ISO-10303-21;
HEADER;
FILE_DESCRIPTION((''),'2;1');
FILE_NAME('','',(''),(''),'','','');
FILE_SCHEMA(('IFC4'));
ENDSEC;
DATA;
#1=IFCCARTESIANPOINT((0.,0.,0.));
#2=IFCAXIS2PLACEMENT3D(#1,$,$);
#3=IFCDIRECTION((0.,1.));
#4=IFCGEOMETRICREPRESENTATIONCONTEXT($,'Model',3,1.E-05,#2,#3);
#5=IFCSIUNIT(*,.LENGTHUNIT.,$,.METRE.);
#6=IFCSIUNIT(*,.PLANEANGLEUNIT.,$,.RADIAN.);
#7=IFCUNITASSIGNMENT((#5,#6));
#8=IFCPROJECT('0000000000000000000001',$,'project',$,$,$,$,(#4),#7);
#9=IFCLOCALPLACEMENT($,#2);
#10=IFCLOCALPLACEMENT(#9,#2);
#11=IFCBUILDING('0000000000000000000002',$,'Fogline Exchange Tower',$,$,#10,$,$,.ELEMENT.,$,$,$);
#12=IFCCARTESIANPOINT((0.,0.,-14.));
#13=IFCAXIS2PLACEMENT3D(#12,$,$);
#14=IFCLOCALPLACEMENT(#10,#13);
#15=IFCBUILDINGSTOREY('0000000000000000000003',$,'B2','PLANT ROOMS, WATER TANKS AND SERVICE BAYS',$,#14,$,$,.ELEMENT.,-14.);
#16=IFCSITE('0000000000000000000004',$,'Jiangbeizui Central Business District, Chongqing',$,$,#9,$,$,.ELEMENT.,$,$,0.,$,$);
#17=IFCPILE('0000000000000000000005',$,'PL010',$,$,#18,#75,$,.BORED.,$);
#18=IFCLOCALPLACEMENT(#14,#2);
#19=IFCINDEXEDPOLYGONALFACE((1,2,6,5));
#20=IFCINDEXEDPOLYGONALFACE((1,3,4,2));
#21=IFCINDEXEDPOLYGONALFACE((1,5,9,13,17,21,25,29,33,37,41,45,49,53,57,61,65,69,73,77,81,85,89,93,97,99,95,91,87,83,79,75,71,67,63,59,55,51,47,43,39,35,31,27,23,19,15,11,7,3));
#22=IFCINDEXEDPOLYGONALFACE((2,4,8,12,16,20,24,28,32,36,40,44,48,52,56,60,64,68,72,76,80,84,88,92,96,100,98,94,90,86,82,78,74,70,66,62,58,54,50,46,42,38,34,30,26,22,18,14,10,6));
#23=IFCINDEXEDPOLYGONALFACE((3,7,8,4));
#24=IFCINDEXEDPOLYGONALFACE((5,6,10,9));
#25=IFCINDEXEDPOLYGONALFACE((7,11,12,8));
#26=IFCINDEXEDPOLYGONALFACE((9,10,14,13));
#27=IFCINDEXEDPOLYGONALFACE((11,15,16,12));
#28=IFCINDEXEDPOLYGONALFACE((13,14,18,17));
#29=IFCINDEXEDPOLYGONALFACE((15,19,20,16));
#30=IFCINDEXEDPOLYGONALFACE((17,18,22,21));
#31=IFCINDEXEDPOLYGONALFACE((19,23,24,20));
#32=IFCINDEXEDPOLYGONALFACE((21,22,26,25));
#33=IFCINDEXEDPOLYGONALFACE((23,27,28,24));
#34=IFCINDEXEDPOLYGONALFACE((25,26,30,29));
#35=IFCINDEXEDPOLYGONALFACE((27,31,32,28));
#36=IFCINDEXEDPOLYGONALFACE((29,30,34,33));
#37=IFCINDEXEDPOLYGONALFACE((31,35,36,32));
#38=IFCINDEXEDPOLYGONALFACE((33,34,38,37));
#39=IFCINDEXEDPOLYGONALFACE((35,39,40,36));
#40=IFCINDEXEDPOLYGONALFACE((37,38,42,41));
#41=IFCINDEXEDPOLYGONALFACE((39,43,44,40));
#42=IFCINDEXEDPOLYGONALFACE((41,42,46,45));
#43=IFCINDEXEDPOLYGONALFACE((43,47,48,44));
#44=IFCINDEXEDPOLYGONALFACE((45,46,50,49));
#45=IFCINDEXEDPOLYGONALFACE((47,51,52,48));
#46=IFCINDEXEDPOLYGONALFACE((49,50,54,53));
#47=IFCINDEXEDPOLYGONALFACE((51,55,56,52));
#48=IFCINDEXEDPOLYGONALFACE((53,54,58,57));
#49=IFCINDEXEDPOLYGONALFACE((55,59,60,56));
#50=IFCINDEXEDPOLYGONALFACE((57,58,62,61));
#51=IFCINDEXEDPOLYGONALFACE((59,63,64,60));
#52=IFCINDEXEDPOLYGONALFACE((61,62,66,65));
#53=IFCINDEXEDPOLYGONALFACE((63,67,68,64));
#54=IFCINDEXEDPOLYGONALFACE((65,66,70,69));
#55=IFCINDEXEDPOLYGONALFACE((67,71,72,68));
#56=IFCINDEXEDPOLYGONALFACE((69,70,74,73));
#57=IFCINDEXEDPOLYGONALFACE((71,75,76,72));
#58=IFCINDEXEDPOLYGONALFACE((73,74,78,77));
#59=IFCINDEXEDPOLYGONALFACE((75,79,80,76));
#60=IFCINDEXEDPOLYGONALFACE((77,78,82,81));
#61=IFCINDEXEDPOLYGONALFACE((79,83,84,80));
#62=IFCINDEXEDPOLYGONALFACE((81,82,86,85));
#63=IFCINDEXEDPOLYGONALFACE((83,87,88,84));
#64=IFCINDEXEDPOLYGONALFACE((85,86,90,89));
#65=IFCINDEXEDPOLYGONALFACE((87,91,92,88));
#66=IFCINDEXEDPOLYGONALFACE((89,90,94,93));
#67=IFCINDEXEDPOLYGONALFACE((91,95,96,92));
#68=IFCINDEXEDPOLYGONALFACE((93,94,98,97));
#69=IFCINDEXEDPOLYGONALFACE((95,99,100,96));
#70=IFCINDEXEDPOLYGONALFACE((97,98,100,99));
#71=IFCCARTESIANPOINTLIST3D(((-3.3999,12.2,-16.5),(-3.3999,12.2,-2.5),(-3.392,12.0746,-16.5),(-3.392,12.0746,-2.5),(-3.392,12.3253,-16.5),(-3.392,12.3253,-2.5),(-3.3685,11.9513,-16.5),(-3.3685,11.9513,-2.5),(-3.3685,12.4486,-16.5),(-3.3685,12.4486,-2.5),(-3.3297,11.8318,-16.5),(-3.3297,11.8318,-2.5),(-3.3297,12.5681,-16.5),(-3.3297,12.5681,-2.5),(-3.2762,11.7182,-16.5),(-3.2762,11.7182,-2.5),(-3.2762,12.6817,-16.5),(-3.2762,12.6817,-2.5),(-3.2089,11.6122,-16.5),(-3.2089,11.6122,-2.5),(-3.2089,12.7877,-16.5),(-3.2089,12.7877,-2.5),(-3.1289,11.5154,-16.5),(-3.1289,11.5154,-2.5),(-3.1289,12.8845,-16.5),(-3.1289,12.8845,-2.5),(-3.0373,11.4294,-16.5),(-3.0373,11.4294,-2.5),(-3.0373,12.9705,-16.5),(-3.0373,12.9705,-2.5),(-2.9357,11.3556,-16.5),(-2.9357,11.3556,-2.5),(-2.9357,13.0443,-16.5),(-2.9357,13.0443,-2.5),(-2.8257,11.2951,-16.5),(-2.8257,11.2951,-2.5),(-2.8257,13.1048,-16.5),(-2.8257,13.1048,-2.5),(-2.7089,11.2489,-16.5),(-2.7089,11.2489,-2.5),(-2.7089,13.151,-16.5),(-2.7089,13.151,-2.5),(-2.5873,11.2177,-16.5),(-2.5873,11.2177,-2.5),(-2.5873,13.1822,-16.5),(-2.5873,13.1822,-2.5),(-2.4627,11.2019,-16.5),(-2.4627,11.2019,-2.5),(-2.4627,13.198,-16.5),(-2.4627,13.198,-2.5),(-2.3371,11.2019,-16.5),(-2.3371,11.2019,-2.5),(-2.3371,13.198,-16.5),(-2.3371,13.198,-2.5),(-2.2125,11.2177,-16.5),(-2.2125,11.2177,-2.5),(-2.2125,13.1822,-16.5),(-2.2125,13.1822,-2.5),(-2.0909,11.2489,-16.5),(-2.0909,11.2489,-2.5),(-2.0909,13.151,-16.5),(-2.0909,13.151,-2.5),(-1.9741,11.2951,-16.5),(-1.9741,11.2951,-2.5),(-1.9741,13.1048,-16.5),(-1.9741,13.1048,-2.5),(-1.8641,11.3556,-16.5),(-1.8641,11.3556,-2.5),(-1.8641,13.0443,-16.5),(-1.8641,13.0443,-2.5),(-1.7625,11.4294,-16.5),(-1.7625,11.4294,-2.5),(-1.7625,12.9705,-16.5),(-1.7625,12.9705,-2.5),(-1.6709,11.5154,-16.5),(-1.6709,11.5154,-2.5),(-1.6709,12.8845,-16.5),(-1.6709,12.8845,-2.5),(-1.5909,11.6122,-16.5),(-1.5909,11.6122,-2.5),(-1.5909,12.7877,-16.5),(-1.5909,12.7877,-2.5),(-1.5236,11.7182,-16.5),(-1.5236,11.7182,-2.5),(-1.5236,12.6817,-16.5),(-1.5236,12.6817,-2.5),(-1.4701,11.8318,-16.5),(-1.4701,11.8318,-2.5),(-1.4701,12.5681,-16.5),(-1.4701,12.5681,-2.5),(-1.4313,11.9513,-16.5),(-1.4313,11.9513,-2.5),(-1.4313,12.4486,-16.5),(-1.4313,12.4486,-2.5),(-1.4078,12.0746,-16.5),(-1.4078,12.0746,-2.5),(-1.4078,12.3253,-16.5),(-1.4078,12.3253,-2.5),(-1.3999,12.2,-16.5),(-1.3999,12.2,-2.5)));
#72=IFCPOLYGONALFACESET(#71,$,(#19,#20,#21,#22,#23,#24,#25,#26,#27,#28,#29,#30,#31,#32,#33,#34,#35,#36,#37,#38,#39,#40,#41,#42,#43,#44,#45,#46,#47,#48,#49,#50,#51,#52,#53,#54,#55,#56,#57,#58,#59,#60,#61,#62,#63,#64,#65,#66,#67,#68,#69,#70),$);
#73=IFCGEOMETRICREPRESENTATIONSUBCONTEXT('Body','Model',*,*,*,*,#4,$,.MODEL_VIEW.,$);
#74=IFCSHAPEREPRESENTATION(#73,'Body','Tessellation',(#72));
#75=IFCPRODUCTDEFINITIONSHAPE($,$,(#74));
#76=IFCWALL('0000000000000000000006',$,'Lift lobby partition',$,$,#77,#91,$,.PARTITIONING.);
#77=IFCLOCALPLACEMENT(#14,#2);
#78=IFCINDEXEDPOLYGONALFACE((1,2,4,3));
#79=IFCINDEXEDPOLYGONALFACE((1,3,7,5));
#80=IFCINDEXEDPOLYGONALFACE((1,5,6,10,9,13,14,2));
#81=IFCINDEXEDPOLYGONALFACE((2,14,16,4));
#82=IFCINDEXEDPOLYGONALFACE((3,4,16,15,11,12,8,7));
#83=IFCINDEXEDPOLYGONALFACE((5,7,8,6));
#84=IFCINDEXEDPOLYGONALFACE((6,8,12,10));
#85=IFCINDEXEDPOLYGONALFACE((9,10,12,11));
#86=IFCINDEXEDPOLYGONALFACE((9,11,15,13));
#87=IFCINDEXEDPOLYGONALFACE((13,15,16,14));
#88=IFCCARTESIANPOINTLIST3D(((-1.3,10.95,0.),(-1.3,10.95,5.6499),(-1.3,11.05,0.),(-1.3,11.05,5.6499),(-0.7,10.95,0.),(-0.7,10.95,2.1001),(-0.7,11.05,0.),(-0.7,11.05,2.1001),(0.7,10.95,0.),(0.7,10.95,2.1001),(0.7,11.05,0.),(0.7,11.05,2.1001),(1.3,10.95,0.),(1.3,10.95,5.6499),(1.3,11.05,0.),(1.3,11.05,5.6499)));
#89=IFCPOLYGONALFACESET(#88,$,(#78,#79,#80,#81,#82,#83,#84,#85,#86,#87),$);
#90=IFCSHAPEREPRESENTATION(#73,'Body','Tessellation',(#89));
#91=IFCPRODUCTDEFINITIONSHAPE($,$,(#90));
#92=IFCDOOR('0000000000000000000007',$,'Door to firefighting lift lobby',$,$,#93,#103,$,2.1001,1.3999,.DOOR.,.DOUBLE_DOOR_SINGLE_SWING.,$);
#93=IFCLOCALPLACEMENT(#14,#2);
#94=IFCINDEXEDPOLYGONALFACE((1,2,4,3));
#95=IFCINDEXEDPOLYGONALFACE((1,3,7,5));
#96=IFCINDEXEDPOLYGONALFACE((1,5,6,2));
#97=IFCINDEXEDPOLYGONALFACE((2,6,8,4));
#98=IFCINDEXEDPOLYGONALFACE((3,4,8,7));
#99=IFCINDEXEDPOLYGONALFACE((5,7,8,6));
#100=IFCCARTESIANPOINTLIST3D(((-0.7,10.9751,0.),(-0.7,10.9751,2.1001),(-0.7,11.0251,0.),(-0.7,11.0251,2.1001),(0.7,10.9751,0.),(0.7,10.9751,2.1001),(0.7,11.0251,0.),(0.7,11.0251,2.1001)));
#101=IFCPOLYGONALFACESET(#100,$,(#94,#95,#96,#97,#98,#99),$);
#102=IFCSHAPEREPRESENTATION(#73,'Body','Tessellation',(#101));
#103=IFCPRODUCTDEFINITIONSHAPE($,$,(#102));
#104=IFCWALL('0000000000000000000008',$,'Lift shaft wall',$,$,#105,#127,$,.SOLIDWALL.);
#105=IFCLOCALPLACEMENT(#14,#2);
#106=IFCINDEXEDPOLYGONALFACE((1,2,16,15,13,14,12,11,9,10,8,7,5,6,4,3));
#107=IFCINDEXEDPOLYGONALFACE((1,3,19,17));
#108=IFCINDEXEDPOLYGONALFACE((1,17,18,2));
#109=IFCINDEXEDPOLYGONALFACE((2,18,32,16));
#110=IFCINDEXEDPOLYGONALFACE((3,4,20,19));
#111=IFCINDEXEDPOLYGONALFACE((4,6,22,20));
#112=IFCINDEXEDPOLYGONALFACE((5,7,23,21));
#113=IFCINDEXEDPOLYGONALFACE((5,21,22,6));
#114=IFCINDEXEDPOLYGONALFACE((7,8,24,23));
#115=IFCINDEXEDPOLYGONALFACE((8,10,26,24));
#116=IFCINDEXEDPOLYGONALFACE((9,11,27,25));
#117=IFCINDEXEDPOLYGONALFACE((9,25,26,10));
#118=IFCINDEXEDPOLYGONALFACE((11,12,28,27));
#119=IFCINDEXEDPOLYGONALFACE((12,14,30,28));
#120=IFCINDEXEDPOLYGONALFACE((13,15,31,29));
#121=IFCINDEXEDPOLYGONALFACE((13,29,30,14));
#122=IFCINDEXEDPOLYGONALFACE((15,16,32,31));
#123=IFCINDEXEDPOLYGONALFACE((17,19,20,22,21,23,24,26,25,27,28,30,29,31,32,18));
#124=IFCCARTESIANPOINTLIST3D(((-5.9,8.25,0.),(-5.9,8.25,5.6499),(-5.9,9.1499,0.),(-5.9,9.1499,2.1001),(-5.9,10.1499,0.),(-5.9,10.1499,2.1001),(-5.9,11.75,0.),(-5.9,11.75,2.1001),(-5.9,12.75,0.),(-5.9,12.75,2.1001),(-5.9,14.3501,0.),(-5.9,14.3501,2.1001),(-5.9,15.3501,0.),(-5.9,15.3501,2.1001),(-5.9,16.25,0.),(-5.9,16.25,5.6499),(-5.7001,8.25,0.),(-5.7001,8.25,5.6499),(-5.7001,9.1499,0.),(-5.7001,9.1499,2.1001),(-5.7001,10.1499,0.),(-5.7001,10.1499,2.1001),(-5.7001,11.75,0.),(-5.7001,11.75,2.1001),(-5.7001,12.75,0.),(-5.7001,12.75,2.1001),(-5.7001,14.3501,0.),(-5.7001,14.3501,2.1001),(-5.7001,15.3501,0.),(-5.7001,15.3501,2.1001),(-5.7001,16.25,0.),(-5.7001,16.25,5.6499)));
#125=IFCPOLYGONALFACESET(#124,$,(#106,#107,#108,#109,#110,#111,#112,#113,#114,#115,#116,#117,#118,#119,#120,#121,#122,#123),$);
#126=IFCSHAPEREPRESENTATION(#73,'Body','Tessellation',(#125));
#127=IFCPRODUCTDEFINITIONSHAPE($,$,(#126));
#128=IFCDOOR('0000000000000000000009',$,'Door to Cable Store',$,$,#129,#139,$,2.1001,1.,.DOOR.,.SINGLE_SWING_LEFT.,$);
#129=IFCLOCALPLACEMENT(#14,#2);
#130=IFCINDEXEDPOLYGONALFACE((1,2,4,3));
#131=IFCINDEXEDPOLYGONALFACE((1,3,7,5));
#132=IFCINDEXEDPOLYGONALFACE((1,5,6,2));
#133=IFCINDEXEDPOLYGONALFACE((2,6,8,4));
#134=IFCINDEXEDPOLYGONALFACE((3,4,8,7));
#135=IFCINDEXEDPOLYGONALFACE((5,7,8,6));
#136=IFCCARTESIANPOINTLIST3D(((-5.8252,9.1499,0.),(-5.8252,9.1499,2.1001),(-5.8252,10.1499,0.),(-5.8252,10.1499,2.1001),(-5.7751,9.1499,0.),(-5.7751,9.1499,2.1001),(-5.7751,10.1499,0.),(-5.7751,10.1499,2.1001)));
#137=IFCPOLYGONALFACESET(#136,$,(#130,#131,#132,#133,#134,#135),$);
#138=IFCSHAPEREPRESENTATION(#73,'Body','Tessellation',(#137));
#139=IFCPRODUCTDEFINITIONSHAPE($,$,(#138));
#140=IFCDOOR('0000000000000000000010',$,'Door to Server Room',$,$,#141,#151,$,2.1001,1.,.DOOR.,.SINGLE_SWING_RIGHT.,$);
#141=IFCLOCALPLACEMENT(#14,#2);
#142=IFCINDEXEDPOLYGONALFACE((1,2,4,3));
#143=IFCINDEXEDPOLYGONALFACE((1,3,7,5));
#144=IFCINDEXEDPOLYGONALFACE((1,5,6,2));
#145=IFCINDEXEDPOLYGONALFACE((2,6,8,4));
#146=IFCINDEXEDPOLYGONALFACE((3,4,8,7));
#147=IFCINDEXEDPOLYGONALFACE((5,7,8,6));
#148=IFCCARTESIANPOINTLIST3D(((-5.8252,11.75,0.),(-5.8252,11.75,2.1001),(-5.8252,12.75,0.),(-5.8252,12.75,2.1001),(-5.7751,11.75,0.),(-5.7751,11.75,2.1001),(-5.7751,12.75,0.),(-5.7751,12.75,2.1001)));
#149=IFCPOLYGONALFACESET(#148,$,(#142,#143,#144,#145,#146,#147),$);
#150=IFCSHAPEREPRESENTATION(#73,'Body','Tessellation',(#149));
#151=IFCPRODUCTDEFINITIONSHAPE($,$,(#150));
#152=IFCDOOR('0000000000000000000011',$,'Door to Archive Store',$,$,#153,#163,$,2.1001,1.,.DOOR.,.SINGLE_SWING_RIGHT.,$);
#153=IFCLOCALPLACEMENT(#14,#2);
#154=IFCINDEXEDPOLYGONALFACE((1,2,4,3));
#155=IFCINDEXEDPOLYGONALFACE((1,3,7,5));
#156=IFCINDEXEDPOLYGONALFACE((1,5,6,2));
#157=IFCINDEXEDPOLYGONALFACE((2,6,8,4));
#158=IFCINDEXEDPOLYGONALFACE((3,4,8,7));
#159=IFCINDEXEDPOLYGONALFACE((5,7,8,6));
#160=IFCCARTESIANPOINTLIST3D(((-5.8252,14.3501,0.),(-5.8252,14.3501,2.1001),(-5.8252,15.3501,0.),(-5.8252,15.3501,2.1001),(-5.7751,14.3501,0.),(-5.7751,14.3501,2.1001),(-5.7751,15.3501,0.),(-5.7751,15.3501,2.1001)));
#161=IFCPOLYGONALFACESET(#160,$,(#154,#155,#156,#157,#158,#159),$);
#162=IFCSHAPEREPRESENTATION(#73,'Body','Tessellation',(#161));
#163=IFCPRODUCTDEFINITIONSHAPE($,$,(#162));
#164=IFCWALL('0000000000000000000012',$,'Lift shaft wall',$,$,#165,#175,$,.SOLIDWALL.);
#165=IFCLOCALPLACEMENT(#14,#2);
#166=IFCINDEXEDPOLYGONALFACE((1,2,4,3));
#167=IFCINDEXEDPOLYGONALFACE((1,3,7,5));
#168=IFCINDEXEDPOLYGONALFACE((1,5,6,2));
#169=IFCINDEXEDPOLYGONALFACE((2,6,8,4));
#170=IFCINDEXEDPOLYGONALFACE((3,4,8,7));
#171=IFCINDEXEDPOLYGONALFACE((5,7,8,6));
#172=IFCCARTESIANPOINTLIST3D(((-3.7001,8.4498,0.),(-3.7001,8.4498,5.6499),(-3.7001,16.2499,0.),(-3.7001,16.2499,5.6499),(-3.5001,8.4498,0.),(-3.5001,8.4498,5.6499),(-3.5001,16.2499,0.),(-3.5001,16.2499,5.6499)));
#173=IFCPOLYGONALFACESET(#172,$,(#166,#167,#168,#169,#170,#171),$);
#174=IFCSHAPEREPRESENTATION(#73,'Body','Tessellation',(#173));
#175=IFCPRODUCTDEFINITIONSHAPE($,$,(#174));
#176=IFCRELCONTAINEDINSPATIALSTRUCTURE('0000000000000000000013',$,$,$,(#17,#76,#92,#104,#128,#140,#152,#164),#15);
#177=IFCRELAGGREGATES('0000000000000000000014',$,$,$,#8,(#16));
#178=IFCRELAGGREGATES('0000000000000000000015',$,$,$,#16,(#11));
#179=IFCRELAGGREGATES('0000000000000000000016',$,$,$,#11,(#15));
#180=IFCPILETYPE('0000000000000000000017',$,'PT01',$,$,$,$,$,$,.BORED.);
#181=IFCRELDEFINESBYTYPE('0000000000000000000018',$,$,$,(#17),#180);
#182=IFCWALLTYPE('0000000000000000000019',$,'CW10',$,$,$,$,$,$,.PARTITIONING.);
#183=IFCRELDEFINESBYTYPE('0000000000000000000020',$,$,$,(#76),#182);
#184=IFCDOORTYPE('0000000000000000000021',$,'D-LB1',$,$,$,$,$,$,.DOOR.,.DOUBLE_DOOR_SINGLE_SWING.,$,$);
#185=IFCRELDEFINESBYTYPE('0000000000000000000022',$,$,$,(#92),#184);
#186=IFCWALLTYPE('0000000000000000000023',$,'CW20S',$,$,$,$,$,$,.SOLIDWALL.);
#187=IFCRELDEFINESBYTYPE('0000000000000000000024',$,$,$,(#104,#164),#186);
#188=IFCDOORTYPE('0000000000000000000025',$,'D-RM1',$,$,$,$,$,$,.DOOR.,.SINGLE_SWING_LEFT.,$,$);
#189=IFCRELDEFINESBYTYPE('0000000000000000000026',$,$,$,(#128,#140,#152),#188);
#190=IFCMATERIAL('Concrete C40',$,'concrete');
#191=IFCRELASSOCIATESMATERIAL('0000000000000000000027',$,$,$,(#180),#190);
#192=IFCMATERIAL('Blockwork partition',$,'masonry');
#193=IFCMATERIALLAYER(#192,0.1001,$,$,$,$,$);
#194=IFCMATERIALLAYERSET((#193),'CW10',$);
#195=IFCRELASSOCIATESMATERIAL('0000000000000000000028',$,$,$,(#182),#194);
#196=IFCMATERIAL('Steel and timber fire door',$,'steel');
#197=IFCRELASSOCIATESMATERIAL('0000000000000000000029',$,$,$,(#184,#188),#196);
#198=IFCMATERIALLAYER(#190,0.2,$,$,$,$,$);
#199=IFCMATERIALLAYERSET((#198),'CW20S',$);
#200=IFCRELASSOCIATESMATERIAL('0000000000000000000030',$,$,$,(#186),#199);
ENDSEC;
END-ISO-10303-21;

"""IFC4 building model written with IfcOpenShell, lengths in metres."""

from ifc_helpers import new_model, si_unit, direction, frame, frame_2d, origin, origin_2d, place, context, subcontext, project, spatial, rectangle, circle, extrude, material, layer, layer_set, material_profile, profile_set, type_object, element, fill, save


model = new_model("IFC4")

# Units and contexts
model_context = context("Model", 3, precision=1e-05, world=origin(), true_north=direction((0.0, 1.0)))
body_context = subcontext(model_context, "Body", "Model", "MODEL_VIEW")
ifc_project = project(units=[si_unit("LENGTHUNIT", "METRE"), si_unit("PLANEANGLEUNIT", "RADIAN")], contexts=[model_context])

# Site, building, storey
site_placement = place(None, origin())
site = spatial("IfcSite", under=ifc_project, at=site_placement, Name="Jiangbeizui Central Business District, Chongqing", CompositionType="ELEMENT", RefElevation=0.0)
building_placement = place(site_placement, origin())
building = spatial("IfcBuilding", under=site, at=building_placement, Name="Fogline Exchange Tower", CompositionType="ELEMENT")
storey_placement = place(building_placement, frame((0.0, 0.0, -14.0)))
storey = spatial("IfcBuildingStorey", under=building, at=storey_placement, Name="B2", Description="PLANT ROOMS, WATER TANKS AND SERVICE BAYS", CompositionType="ELEMENT", Elevation=-14.0)

# Pile
ifc_material_1 = material(Name="Concrete C40", Category="concrete")
ifc_material_profile = material_profile(ifc_material_1, circle(Radius=1.0, at=origin_2d()), Name="RC D2000")
ifc_profile_set = profile_set([ifc_material_profile], Name="Concrete C40")
pile_type = type_object("IfcPileType", Name="PT01", PredefinedType="BORED", material=ifc_profile_set)
for number, where, z_axis, x_axis, name in (
    (1, (-2.3999, 12.2, -2.5), (0.0, 0.0, -1.0), (1.0, 0.0, 0.0), "PL010"),
):
    element("IfcPile", number, at=place(storey_placement, frame(where, z_axis=z_axis, x_axis=x_axis)), inside=storey, type_object=pile_type, Name=name, PredefinedType="BORED", context=body_context, shape_type="SweptSolid", body=[
        extrude(circle(Radius=1.0, at=origin_2d()), origin(), (0.0, 0.0, 1.0), 14.0),
    ])

# Wall, opening, door
ifc_material_2 = material(Name="Blockwork partition", Category="masonry")
ifc_layer_1 = layer(ifc_material_2, 0.1001)
ifc_layer_set_1 = layer_set([ifc_layer_1], Name="CW10")
wall_type_1 = type_object("IfcWallType", Name="CW10", PredefinedType="PARTITIONING", material=ifc_layer_set_1)
wall_1_placement = place(storey_placement, frame((-1.3, 11.0, 0.0), z_axis=(0.0, 0.0, 1.0), x_axis=(1.0, 0.0, 0.0)))
wall_1 = element("IfcWall", 2, at=wall_1_placement, inside=storey, type_object=wall_type_1, Name="Lift lobby partition", PredefinedType="PARTITIONING", context=body_context, shape_type="SweptSolid", body=[
    extrude(rectangle(XDim=2.6001, YDim=0.1001, at=frame_2d((1.3, 0.0))), origin(), (0.0, 0.0, 1.0), 5.6499),
])
opening_1_placement = place(wall_1_placement, frame((0.6001, 0.0, 0.0)))
opening_1 = element("IfcOpeningElement", 3, at=opening_1_placement, cuts=wall_1, PredefinedType="OPENING", context=body_context, shape_type="SweptSolid", body=[
    extrude(rectangle(XDim=1.3999, YDim=2.1001, at=frame_2d((0.7, 1.05))), frame((0.0, 0.0601, 0.0), z_axis=(0.0, -1.0, 0.0), x_axis=(1.0, 0.0, 0.0)), (0.0, 0.0, 1.0), 0.1201),
])
ifc_material_3 = material(Name="Steel and timber fire door", Category="steel")
door_type_1 = type_object("IfcDoorType", Name="D-LB1", OperationType="DOUBLE_DOOR_SINGLE_SWING", PredefinedType="DOOR", material=ifc_material_3)
door_1_placement = place(opening_1_placement, frame((1.3999, 0.0, 0.0), z_axis=(0.0, 0.0, 1.0), x_axis=(-1.0, 0.0, 0.0)))
door_1 = element("IfcDoor", 4, at=door_1_placement, inside=storey, type_object=door_type_1, Name="Door to firefighting lift lobby", OperationType="DOUBLE_DOOR_SINGLE_SWING", OverallHeight=2.1001, OverallWidth=1.3999, PredefinedType="DOOR", context=body_context, shape_type="SweptSolid", body=[
    extrude(rectangle(XDim=1.3999, YDim=2.1001, at=frame_2d((0.7, 1.05))), frame((0.0, 0.0249, 0.0), z_axis=(0.0, -1.0, 0.0), x_axis=(1.0, 0.0, 0.0)), (0.0, 0.0, 1.0), 0.05),
])
fill(opening_1, door_1)

# Wall, openings, doors
ifc_layer_2 = layer(ifc_material_1, 0.2)
ifc_layer_set_2 = layer_set([ifc_layer_2], Name="CW20S")
wall_type_2 = type_object("IfcWallType", Name="CW20S", PredefinedType="SOLIDWALL", material=ifc_layer_set_2)
wall_2_placement = place(storey_placement, frame((-5.8, 8.25, 0.0), z_axis=(0.0, 0.0, 1.0), x_axis=(0.0, 1.0, 0.0)))
wall_2 = element("IfcWall", 5, at=wall_2_placement, inside=storey, type_object=wall_type_2, Name="Lift shaft wall", PredefinedType="SOLIDWALL", context=body_context, shape_type="SweptSolid", body=[
    extrude(rectangle(XDim=8.0, YDim=0.2, at=frame_2d((4.0, 0.0))), origin(), (0.0, 0.0, 1.0), 5.6499),
])
opening_2_placement = place(wall_2_placement, frame((0.8999, 0.0, 0.0)))
opening_2 = element("IfcOpeningElement", 6, at=opening_2_placement, cuts=wall_2, PredefinedType="OPENING", context=body_context, shape_type="SweptSolid", body=[
    extrude(rectangle(XDim=1.0, YDim=2.1001, at=frame_2d((0.5, 1.05))), frame((0.0, 0.1099, 0.0), z_axis=(0.0, -1.0, 0.0), x_axis=(1.0, 0.0, 0.0)), (0.0, 0.0, 1.0), 0.22),
])
opening_3_placement = place(wall_2_placement, frame((3.5, 0.0, 0.0)))
opening_3 = element("IfcOpeningElement", 7, at=opening_3_placement, cuts=wall_2, PredefinedType="OPENING", context=body_context, shape_type="SweptSolid", body=[
    extrude(rectangle(XDim=1.0, YDim=2.1001, at=frame_2d((0.5, 1.05))), frame((0.0, 0.1099, 0.0), z_axis=(0.0, -1.0, 0.0), x_axis=(1.0, 0.0, 0.0)), (0.0, 0.0, 1.0), 0.22),
])
opening_4_placement = place(wall_2_placement, frame((6.1001, 0.0, 0.0)))
opening_4 = element("IfcOpeningElement", 8, at=opening_4_placement, cuts=wall_2, PredefinedType="OPENING", context=body_context, shape_type="SweptSolid", body=[
    extrude(rectangle(XDim=1.0, YDim=2.1001, at=frame_2d((0.5, 1.05))), frame((0.0, 0.1099, 0.0), z_axis=(0.0, -1.0, 0.0), x_axis=(1.0, 0.0, 0.0)), (0.0, 0.0, 1.0), 0.22),
])
door_type_2 = type_object("IfcDoorType", Name="D-RM1", OperationType="SINGLE_SWING_LEFT", PredefinedType="DOOR", material=ifc_material_3)
door_2_placement = place(opening_2_placement, frame((1.0, 0.0, 0.0), z_axis=(0.0, 0.0, 1.0), x_axis=(-1.0, 0.0, 0.0)))
door_2 = element("IfcDoor", 9, at=door_2_placement, inside=storey, type_object=door_type_2, Name="Door to Cable Store", OperationType="SINGLE_SWING_LEFT", OverallHeight=2.1001, OverallWidth=1.0, PredefinedType="DOOR", context=body_context, shape_type="SweptSolid", body=[
    extrude(rectangle(XDim=1.0, YDim=2.1001, at=frame_2d((0.5, 1.05))), frame((0.0, 0.0249, 0.0), z_axis=(0.0, -1.0, 0.0), x_axis=(1.0, 0.0, 0.0)), (0.0, 0.0, 1.0), 0.05),
])
fill(opening_2, door_2)
door_3_placement = place(opening_3_placement, frame((1.0, 0.0, 0.0), z_axis=(0.0, 0.0, 1.0), x_axis=(-1.0, 0.0, 0.0)))
door_3 = element("IfcDoor", 10, at=door_3_placement, inside=storey, type_object=door_type_2, Name="Door to Server Room", OperationType="SINGLE_SWING_RIGHT", OverallHeight=2.1001, OverallWidth=1.0, PredefinedType="DOOR", context=body_context, shape_type="SweptSolid", body=[
    extrude(rectangle(XDim=1.0, YDim=2.1001, at=frame_2d((0.5, 1.05))), frame((0.0, 0.0249, 0.0), z_axis=(0.0, -1.0, 0.0), x_axis=(1.0, 0.0, 0.0)), (0.0, 0.0, 1.0), 0.05),
])
fill(opening_3, door_3)
door_4_placement = place(opening_4_placement, frame((1.0, 0.0, 0.0), z_axis=(0.0, 0.0, 1.0), x_axis=(-1.0, 0.0, 0.0)))
door_4 = element("IfcDoor", 11, at=door_4_placement, inside=storey, type_object=door_type_2, Name="Door to Archive Store", OperationType="SINGLE_SWING_RIGHT", OverallHeight=2.1001, OverallWidth=1.0, PredefinedType="DOOR", context=body_context, shape_type="SweptSolid", body=[
    extrude(rectangle(XDim=1.0, YDim=2.1001, at=frame_2d((0.5, 1.05))), frame((0.0, 0.0249, 0.0), z_axis=(0.0, -1.0, 0.0), x_axis=(1.0, 0.0, 0.0)), (0.0, 0.0, 1.0), 0.05),
])
fill(opening_4, door_4)

# Wall
wall_3_placement = place(storey_placement, frame((-3.6001, 8.45, 0.0), z_axis=(0.0, 0.0, 1.0), x_axis=(0.0, 1.0, 0.0)))
element("IfcWall", 12, at=wall_3_placement, inside=storey, type_object=wall_type_2, Name="Lift shaft wall", PredefinedType="SOLIDWALL", context=body_context, shape_type="SweptSolid", body=[
    extrude(rectangle(XDim=7.8, YDim=0.2, at=frame_2d((3.8999, 0.0))), origin(), (0.0, 0.0, 1.0), 5.6499),
])

save(model, "model.ifc")
